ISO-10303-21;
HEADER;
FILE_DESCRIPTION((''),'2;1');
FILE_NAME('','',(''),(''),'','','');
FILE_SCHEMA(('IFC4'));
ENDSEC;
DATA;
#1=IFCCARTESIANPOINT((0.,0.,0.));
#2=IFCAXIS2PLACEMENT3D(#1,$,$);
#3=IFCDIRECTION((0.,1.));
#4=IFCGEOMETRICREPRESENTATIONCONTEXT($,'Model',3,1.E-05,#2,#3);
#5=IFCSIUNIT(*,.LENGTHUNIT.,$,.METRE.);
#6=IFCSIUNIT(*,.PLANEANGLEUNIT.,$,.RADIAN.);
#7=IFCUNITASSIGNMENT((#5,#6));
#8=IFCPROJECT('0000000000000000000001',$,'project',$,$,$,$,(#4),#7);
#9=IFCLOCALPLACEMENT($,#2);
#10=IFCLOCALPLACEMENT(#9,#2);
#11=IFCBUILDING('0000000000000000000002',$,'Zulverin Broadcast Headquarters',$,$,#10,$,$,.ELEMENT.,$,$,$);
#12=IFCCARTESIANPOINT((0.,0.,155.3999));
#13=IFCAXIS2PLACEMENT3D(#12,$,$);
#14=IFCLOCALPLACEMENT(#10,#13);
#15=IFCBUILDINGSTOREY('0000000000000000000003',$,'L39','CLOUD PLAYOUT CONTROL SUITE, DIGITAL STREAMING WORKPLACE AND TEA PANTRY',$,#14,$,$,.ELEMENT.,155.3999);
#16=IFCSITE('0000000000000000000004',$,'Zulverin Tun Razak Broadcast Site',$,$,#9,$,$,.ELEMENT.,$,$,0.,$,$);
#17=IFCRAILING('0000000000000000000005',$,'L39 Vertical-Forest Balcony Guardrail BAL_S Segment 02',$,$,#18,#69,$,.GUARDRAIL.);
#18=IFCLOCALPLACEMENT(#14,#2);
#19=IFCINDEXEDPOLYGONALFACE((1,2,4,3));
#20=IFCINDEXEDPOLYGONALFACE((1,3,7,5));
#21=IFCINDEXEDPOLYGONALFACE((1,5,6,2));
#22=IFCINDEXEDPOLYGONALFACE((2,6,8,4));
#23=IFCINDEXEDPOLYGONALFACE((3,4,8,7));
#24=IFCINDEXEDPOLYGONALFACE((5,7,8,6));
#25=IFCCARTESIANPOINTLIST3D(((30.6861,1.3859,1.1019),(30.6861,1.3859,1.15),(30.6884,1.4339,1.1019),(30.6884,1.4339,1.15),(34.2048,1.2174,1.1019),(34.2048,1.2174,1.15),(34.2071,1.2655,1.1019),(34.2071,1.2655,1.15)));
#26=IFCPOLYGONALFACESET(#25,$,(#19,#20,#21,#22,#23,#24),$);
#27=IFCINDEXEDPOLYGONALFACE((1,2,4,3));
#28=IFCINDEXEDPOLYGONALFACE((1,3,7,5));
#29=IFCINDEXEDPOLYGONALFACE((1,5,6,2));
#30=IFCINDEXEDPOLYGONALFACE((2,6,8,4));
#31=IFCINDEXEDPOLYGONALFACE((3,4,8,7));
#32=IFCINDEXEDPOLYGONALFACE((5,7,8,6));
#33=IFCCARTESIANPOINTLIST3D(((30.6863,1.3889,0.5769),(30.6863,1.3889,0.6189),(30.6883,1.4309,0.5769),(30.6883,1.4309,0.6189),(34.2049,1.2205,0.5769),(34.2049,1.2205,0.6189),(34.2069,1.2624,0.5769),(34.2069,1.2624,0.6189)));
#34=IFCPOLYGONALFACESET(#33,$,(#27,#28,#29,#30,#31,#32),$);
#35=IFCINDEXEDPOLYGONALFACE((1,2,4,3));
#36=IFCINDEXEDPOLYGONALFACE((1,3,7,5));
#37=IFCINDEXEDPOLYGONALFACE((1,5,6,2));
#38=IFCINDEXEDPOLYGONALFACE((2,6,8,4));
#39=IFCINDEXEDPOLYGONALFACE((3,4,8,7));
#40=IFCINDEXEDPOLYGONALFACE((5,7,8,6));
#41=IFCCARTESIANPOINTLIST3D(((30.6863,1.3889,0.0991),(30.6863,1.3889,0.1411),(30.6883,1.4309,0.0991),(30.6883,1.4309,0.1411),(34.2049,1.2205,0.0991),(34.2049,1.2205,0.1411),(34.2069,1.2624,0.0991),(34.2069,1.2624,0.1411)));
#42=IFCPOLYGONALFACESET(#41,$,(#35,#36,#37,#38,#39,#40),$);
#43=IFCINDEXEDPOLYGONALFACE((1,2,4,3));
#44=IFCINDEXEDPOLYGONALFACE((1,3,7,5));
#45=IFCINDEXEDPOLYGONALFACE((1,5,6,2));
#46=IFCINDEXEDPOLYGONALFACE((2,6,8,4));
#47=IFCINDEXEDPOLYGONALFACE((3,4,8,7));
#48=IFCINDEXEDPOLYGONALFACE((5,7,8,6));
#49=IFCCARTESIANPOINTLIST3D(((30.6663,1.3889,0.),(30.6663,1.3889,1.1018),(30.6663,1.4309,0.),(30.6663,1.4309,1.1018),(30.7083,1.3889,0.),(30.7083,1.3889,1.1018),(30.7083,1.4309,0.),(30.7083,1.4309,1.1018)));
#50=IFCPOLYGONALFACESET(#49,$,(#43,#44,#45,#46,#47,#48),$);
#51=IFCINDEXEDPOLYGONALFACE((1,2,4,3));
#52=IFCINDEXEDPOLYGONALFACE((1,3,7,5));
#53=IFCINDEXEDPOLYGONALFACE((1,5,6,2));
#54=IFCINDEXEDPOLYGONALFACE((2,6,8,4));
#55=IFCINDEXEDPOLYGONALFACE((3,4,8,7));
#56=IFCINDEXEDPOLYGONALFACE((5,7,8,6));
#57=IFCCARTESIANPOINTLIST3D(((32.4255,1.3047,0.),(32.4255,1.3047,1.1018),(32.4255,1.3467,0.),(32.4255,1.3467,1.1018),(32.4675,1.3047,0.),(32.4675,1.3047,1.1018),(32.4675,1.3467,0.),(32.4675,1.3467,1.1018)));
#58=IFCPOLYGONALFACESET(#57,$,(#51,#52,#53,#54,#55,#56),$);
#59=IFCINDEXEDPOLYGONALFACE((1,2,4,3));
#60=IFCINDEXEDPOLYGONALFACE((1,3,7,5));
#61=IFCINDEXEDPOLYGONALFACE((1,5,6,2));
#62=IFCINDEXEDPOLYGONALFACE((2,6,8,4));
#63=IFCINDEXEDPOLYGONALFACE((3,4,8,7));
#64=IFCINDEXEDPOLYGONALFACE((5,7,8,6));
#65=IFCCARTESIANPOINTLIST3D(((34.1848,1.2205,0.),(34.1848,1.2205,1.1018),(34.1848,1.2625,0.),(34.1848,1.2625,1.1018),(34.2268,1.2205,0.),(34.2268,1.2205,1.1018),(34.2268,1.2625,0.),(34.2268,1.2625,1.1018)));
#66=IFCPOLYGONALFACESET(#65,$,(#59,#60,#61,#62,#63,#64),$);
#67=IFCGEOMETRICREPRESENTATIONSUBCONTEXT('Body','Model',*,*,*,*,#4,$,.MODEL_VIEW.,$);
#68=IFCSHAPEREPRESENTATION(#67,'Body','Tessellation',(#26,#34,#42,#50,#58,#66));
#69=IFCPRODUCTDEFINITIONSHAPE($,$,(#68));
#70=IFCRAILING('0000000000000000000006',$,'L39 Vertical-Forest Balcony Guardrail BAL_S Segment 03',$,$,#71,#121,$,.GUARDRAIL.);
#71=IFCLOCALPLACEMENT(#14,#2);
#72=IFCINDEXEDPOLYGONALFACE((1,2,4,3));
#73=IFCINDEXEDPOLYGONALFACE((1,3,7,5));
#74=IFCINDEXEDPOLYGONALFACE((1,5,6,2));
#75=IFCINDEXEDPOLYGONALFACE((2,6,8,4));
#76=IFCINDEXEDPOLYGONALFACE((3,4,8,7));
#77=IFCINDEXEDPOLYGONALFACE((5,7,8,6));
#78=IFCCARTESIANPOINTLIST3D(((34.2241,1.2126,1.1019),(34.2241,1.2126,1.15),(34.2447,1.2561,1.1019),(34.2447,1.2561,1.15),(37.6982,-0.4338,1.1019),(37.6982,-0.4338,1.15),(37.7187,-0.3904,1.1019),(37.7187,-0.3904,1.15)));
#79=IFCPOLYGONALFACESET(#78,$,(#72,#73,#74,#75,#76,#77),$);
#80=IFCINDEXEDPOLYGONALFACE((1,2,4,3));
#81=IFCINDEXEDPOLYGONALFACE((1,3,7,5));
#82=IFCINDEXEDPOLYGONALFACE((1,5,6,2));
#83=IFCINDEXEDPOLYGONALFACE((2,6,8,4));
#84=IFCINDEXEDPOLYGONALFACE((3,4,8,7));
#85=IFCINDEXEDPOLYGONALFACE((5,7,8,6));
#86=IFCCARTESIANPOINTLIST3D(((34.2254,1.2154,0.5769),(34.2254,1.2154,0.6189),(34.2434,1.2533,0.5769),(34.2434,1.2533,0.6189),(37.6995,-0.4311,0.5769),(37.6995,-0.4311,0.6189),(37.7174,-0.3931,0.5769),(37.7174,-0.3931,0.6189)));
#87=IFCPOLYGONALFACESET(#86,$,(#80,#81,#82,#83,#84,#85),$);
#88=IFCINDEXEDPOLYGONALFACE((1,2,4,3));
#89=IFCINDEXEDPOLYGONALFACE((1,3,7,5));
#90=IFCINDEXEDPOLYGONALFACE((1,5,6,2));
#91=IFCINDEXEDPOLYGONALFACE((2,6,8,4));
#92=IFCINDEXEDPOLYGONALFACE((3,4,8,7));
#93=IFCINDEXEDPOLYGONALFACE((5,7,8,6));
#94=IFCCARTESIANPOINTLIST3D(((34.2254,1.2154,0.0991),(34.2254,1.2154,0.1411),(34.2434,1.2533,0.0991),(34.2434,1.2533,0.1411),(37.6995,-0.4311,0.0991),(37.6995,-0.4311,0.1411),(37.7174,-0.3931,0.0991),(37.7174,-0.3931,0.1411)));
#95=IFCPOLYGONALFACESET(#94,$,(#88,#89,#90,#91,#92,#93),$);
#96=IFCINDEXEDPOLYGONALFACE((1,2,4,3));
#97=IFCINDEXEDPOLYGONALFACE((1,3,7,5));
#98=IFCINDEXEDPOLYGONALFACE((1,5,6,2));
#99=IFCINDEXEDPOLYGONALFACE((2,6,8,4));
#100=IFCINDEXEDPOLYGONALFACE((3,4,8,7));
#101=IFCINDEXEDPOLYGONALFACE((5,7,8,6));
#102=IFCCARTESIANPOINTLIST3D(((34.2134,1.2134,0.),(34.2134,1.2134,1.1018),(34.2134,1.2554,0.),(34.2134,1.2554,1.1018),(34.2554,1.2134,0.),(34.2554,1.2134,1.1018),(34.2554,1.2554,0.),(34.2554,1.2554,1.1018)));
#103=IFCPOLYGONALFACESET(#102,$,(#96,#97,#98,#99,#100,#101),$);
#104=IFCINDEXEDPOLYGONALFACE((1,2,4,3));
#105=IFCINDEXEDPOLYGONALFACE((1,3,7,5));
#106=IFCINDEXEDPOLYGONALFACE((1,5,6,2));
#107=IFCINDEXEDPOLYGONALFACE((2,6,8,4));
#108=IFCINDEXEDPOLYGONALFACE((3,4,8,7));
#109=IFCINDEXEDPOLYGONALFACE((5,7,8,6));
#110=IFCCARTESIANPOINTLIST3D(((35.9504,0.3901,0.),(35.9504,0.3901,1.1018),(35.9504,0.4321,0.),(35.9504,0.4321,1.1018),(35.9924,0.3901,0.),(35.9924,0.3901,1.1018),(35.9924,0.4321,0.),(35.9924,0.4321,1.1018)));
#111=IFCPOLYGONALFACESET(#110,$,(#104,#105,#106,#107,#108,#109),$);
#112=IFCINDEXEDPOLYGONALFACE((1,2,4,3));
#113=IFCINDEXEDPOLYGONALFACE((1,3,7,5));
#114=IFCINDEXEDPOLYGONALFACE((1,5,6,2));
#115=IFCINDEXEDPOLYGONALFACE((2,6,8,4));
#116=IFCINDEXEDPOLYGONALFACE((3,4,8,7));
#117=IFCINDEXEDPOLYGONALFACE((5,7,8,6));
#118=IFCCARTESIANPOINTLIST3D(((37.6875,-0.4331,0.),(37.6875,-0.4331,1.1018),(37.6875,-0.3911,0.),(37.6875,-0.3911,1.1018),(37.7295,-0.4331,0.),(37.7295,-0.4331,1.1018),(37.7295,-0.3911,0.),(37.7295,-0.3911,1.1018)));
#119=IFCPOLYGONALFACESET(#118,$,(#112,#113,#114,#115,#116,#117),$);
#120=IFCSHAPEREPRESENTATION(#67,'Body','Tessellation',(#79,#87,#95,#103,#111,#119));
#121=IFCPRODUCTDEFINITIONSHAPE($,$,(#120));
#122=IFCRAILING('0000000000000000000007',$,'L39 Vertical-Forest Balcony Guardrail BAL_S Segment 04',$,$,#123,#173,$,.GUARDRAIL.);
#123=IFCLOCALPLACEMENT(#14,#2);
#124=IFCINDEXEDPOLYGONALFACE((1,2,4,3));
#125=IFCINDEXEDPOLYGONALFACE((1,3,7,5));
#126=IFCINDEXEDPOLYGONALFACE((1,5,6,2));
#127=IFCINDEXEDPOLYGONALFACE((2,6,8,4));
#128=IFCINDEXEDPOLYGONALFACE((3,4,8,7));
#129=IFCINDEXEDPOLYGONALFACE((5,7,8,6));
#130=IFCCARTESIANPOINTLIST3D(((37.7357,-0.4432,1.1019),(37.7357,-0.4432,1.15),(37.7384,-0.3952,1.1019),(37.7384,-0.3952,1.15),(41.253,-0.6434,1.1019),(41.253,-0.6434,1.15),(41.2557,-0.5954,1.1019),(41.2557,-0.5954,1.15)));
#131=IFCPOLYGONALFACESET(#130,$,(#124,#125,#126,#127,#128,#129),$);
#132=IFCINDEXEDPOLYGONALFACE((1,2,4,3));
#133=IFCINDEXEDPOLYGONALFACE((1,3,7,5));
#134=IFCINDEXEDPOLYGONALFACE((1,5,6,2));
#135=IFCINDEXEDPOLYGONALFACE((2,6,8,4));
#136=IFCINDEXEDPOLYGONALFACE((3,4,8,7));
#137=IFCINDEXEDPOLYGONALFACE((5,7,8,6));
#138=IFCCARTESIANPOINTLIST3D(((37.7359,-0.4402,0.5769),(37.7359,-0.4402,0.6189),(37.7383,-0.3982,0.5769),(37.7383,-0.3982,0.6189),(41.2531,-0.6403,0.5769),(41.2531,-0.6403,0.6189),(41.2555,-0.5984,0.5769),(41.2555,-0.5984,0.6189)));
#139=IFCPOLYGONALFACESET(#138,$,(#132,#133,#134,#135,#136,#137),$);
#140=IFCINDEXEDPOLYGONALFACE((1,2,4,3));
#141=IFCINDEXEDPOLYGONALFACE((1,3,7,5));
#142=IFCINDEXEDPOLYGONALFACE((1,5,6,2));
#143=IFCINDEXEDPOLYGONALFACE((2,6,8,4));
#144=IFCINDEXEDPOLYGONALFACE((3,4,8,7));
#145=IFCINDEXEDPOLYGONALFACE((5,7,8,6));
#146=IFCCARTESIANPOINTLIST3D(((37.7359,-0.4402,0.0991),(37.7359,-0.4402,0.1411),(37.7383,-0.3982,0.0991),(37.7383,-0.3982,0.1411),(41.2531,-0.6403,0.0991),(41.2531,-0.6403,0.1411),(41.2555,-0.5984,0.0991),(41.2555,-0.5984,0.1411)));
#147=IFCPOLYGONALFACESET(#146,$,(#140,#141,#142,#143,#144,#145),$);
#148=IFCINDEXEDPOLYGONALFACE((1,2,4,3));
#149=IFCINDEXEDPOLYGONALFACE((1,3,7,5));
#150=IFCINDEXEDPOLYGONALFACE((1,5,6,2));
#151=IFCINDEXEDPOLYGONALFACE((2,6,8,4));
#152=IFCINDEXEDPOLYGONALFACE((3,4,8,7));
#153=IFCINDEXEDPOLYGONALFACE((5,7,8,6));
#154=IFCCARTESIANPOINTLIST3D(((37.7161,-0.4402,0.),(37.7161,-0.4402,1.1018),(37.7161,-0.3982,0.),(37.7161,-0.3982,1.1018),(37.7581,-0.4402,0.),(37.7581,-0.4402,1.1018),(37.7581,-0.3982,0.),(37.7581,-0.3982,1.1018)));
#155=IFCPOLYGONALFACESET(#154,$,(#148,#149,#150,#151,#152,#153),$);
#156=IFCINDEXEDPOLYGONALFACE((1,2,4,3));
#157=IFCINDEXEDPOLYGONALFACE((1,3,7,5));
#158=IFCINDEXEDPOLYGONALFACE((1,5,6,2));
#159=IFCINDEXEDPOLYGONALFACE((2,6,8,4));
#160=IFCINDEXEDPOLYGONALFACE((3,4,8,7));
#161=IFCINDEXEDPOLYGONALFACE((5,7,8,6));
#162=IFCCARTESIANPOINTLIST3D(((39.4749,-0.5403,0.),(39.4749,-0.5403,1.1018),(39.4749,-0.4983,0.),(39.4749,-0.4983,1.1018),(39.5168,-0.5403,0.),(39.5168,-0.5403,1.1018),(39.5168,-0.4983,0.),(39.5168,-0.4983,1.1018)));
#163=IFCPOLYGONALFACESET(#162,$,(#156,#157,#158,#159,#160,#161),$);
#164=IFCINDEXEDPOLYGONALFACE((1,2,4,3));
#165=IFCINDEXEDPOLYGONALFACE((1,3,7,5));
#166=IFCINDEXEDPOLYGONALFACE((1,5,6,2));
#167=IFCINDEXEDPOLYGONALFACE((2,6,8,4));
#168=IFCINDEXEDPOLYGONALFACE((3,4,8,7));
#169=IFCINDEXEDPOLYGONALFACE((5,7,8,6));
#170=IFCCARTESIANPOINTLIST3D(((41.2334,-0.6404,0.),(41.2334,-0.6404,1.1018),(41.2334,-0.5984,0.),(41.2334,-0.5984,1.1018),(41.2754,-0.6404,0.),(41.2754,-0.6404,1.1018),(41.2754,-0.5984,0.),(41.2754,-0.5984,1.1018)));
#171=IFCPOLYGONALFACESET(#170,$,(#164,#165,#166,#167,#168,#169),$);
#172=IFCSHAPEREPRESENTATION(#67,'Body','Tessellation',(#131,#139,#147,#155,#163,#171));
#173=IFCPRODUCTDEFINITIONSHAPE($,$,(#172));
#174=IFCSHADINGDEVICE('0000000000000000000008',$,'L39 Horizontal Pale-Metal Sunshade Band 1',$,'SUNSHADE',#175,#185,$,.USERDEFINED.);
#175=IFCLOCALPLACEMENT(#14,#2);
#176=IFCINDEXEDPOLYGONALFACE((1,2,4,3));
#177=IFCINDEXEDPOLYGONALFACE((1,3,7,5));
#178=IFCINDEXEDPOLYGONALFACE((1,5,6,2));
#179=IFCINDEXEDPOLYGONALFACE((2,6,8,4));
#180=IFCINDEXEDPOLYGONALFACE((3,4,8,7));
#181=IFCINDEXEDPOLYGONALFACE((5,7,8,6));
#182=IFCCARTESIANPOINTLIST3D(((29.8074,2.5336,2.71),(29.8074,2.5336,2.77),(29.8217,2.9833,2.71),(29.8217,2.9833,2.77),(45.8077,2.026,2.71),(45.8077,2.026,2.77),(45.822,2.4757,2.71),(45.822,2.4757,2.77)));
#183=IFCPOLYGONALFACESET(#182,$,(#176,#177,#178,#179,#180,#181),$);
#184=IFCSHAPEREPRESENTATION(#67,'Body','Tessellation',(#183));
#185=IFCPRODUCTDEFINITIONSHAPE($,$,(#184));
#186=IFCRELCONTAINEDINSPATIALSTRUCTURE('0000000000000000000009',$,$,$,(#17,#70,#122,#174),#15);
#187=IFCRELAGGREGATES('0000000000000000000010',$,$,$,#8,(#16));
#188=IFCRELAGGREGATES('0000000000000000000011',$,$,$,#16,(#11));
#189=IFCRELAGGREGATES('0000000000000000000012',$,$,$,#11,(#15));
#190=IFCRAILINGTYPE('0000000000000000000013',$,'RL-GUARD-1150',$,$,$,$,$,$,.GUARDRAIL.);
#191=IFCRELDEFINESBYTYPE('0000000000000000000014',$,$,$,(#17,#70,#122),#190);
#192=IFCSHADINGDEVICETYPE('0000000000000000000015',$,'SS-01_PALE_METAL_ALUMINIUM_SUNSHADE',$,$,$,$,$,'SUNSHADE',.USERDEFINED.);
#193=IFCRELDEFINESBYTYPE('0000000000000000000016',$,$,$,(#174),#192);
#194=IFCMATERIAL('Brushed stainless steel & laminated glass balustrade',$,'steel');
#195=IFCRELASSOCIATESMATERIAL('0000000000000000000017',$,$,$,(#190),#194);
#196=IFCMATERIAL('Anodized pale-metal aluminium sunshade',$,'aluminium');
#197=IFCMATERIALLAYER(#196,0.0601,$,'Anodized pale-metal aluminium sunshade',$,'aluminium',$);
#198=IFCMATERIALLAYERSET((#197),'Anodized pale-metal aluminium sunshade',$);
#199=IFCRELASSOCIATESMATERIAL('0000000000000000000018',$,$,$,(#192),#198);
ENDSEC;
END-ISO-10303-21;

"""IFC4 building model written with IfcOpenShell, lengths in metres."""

from ifc_helpers import new_model, si_unit, direction, frame, origin, origin_2d, place, context, subcontext, project, spatial, rectangle, extrude, material, layer, layer_set, type_object, element, save


model = new_model("IFC4")

# Units and contexts
model_context = context("Model", 3, precision=1e-05, world=origin(), true_north=direction((0.0, 1.0)))
body_context = subcontext(model_context, "Body", "Model", "MODEL_VIEW")
ifc_project = project(units=[si_unit("LENGTHUNIT", "METRE"), si_unit("PLANEANGLEUNIT", "RADIAN")], contexts=[model_context])

# Site, building, storey
site_placement = place(None, origin())
site = spatial("IfcSite", under=ifc_project, at=site_placement, Name="Zulverin Tun Razak Broadcast Site", CompositionType="ELEMENT", RefElevation=0.0)
building_placement = place(site_placement, origin())
building = spatial("IfcBuilding", under=site, at=building_placement, Name="Zulverin Broadcast Headquarters", CompositionType="ELEMENT")
storey_placement = place(building_placement, frame((0.0, 0.0, 155.3999)))
storey = spatial("IfcBuildingStorey", under=building, at=storey_placement, Name="L39", Description="CLOUD PLAYOUT CONTROL SUITE, DIGITAL STREAMING WORKPLACE AND TEA PANTRY", CompositionType="ELEMENT", Elevation=155.3999)

# Railings
ifc_material_1 = material(Name="Brushed stainless steel & laminated glass balustrade", Category="steel")
railing_type = type_object("IfcRailingType", Name="RL-GUARD-1150", PredefinedType="GUARDRAIL", material=ifc_material_1)
railing_1_placement = place(storey_placement, frame((30.6873, 1.4099, 0.0)))
element("IfcRailing", 1, at=railing_1_placement, inside=storey, type_object=railing_type, Name="L39 Vertical-Forest Balcony Guardrail BAL_S Segment 02", PredefinedType="GUARDRAIL", context=body_context, shape_type="SweptSolid", body=[
    extrude(rectangle(XDim=0.0481, YDim=0.0481, at=origin_2d()), frame((0.0, 0.0, 1.126), z_axis=(0.998856, -0.047822, 0.0), x_axis=(0.047822, 0.998856, 0.0)), (0.0, 0.0, 1.0), 3.5227),
    extrude(rectangle(XDim=0.042, YDim=0.042, at=origin_2d()), frame((0.0, 0.0, 0.5979), z_axis=(0.998856, -0.047822, 0.0), x_axis=(0.047822, 0.998856, 0.0)), (0.0, 0.0, 1.0), 3.5227),
    extrude(rectangle(XDim=0.042, YDim=0.042, at=origin_2d()), frame((0.0, 0.0, 0.1201), z_axis=(0.998856, -0.047822, 0.0), x_axis=(0.047822, 0.998856, 0.0)), (0.0, 0.0, 1.0), 3.5227),
    extrude(rectangle(XDim=0.042, YDim=0.042, at=origin_2d()), origin(), (0.0, 0.0, 1.0), 1.1018),
    extrude(rectangle(XDim=0.042, YDim=0.042, at=origin_2d()), frame((1.7593, -0.0842, 0.0)), (0.0, 0.0, 1.0), 1.1018),
    extrude(rectangle(XDim=0.042, YDim=0.042, at=origin_2d()), frame((3.5186, -0.1685, 0.0)), (0.0, 0.0, 1.0), 1.1018),
])
railing_2_placement = place(storey_placement, frame((34.2344, 1.2344, 0.0)))
element("IfcRailing", 2, at=railing_2_placement, inside=storey, type_object=railing_type, Name="L39 Vertical-Forest Balcony Guardrail BAL_S Segment 03", PredefinedType="GUARDRAIL", context=body_context, shape_type="SweptSolid", body=[
    extrude(rectangle(XDim=0.0481, YDim=0.0481, at=origin_2d()), frame((0.0, 0.0, 1.126), z_axis=(0.903652, -0.428267, 0.0), x_axis=(0.428267, 0.903652, 0.0)), (0.0, 0.0, 1.0), 3.8445),
    extrude(rectangle(XDim=0.042, YDim=0.042, at=origin_2d()), frame((0.0, 0.0, 0.5979), z_axis=(0.903652, -0.428267, 0.0), x_axis=(0.428267, 0.903652, 0.0)), (0.0, 0.0, 1.0), 3.8445),
    extrude(rectangle(XDim=0.042, YDim=0.042, at=origin_2d()), frame((0.0, 0.0, 0.1201), z_axis=(0.903652, -0.428267, 0.0), x_axis=(0.428267, 0.903652, 0.0)), (0.0, 0.0, 1.0), 3.8445),
    extrude(rectangle(XDim=0.042, YDim=0.042, at=origin_2d()), origin(), (0.0, 0.0, 1.0), 1.1018),
    extrude(rectangle(XDim=0.042, YDim=0.042, at=origin_2d()), frame((1.7371, -0.8232, 0.0)), (0.0, 0.0, 1.0), 1.1018),
    extrude(rectangle(XDim=0.042, YDim=0.042, at=origin_2d()), frame((3.4741, -1.6465, 0.0)), (0.0, 0.0, 1.0), 1.1018),
])
railing_3_placement = place(storey_placement, frame((37.7371, -0.4192, 0.0)))
element("IfcRailing", 3, at=railing_3_placement, inside=storey, type_object=railing_type, Name="L39 Vertical-Forest Balcony Guardrail BAL_S Segment 04", PredefinedType="GUARDRAIL", context=body_context, shape_type="SweptSolid", body=[
    extrude(rectangle(XDim=0.0481, YDim=0.0481, at=origin_2d()), frame((0.0, 0.0, 1.126), z_axis=(0.998384, -0.056825, 0.0), x_axis=(0.056825, 0.998384, 0.0)), (0.0, 0.0, 1.0), 3.5229),
    extrude(rectangle(XDim=0.042, YDim=0.042, at=origin_2d()), frame((0.0, 0.0, 0.5979), z_axis=(0.998384, -0.056825, 0.0), x_axis=(0.056825, 0.998384, 0.0)), (0.0, 0.0, 1.0), 3.5229),
    extrude(rectangle(XDim=0.042, YDim=0.042, at=origin_2d()), frame((0.0, 0.0, 0.1201), z_axis=(0.998384, -0.056825, 0.0), x_axis=(0.056825, 0.998384, 0.0)), (0.0, 0.0, 1.0), 3.5229),
    extrude(rectangle(XDim=0.042, YDim=0.042, at=origin_2d()), origin(), (0.0, 0.0, 1.0), 1.1018),
    extrude(rectangle(XDim=0.042, YDim=0.042, at=origin_2d()), frame((1.7588, -0.1001, 0.0)), (0.0, 0.0, 1.0), 1.1018),
    extrude(rectangle(XDim=0.042, YDim=0.042, at=origin_2d()), frame((3.5173, -0.2002, 0.0)), (0.0, 0.0, 1.0), 1.1018),
])

# Shading device
ifc_material_2 = material(Name="Anodized pale-metal aluminium sunshade", Category="aluminium")
ifc_layer_1 = layer(ifc_material_2, 0.0601, Name="Anodized pale-metal aluminium sunshade", Category="aluminium")
ifc_layer_set_1 = layer_set([ifc_layer_1], Name="Anodized pale-metal aluminium sunshade")
shading_device_type = type_object("IfcShadingDeviceType", Name="SS-01_PALE_METAL_ALUMINIUM_SUNSHADE", ElementType="SUNSHADE", PredefinedType="USERDEFINED", material=ifc_layer_set_1)
shading_device_placement = place(storey_placement, frame((37.8147, 2.5046, 2.71), z_axis=(0.0, 0.0, 1.0), x_axis=(0.999497, -0.031709, 0.0)))
element("IfcShadingDevice", 4, at=shading_device_placement, inside=storey, type_object=shading_device_type, Name="L39 Horizontal Pale-Metal Sunshade Band 1", ObjectType="SUNSHADE", PredefinedType="USERDEFINED", context=body_context, shape_type="SweptSolid", body=[
    extrude(rectangle(XDim=16.0083, YDim=0.45, at=origin_2d()), origin(), (0.0, 0.0, 1.0), 0.0601),
])

save(model, "model.ifc")
